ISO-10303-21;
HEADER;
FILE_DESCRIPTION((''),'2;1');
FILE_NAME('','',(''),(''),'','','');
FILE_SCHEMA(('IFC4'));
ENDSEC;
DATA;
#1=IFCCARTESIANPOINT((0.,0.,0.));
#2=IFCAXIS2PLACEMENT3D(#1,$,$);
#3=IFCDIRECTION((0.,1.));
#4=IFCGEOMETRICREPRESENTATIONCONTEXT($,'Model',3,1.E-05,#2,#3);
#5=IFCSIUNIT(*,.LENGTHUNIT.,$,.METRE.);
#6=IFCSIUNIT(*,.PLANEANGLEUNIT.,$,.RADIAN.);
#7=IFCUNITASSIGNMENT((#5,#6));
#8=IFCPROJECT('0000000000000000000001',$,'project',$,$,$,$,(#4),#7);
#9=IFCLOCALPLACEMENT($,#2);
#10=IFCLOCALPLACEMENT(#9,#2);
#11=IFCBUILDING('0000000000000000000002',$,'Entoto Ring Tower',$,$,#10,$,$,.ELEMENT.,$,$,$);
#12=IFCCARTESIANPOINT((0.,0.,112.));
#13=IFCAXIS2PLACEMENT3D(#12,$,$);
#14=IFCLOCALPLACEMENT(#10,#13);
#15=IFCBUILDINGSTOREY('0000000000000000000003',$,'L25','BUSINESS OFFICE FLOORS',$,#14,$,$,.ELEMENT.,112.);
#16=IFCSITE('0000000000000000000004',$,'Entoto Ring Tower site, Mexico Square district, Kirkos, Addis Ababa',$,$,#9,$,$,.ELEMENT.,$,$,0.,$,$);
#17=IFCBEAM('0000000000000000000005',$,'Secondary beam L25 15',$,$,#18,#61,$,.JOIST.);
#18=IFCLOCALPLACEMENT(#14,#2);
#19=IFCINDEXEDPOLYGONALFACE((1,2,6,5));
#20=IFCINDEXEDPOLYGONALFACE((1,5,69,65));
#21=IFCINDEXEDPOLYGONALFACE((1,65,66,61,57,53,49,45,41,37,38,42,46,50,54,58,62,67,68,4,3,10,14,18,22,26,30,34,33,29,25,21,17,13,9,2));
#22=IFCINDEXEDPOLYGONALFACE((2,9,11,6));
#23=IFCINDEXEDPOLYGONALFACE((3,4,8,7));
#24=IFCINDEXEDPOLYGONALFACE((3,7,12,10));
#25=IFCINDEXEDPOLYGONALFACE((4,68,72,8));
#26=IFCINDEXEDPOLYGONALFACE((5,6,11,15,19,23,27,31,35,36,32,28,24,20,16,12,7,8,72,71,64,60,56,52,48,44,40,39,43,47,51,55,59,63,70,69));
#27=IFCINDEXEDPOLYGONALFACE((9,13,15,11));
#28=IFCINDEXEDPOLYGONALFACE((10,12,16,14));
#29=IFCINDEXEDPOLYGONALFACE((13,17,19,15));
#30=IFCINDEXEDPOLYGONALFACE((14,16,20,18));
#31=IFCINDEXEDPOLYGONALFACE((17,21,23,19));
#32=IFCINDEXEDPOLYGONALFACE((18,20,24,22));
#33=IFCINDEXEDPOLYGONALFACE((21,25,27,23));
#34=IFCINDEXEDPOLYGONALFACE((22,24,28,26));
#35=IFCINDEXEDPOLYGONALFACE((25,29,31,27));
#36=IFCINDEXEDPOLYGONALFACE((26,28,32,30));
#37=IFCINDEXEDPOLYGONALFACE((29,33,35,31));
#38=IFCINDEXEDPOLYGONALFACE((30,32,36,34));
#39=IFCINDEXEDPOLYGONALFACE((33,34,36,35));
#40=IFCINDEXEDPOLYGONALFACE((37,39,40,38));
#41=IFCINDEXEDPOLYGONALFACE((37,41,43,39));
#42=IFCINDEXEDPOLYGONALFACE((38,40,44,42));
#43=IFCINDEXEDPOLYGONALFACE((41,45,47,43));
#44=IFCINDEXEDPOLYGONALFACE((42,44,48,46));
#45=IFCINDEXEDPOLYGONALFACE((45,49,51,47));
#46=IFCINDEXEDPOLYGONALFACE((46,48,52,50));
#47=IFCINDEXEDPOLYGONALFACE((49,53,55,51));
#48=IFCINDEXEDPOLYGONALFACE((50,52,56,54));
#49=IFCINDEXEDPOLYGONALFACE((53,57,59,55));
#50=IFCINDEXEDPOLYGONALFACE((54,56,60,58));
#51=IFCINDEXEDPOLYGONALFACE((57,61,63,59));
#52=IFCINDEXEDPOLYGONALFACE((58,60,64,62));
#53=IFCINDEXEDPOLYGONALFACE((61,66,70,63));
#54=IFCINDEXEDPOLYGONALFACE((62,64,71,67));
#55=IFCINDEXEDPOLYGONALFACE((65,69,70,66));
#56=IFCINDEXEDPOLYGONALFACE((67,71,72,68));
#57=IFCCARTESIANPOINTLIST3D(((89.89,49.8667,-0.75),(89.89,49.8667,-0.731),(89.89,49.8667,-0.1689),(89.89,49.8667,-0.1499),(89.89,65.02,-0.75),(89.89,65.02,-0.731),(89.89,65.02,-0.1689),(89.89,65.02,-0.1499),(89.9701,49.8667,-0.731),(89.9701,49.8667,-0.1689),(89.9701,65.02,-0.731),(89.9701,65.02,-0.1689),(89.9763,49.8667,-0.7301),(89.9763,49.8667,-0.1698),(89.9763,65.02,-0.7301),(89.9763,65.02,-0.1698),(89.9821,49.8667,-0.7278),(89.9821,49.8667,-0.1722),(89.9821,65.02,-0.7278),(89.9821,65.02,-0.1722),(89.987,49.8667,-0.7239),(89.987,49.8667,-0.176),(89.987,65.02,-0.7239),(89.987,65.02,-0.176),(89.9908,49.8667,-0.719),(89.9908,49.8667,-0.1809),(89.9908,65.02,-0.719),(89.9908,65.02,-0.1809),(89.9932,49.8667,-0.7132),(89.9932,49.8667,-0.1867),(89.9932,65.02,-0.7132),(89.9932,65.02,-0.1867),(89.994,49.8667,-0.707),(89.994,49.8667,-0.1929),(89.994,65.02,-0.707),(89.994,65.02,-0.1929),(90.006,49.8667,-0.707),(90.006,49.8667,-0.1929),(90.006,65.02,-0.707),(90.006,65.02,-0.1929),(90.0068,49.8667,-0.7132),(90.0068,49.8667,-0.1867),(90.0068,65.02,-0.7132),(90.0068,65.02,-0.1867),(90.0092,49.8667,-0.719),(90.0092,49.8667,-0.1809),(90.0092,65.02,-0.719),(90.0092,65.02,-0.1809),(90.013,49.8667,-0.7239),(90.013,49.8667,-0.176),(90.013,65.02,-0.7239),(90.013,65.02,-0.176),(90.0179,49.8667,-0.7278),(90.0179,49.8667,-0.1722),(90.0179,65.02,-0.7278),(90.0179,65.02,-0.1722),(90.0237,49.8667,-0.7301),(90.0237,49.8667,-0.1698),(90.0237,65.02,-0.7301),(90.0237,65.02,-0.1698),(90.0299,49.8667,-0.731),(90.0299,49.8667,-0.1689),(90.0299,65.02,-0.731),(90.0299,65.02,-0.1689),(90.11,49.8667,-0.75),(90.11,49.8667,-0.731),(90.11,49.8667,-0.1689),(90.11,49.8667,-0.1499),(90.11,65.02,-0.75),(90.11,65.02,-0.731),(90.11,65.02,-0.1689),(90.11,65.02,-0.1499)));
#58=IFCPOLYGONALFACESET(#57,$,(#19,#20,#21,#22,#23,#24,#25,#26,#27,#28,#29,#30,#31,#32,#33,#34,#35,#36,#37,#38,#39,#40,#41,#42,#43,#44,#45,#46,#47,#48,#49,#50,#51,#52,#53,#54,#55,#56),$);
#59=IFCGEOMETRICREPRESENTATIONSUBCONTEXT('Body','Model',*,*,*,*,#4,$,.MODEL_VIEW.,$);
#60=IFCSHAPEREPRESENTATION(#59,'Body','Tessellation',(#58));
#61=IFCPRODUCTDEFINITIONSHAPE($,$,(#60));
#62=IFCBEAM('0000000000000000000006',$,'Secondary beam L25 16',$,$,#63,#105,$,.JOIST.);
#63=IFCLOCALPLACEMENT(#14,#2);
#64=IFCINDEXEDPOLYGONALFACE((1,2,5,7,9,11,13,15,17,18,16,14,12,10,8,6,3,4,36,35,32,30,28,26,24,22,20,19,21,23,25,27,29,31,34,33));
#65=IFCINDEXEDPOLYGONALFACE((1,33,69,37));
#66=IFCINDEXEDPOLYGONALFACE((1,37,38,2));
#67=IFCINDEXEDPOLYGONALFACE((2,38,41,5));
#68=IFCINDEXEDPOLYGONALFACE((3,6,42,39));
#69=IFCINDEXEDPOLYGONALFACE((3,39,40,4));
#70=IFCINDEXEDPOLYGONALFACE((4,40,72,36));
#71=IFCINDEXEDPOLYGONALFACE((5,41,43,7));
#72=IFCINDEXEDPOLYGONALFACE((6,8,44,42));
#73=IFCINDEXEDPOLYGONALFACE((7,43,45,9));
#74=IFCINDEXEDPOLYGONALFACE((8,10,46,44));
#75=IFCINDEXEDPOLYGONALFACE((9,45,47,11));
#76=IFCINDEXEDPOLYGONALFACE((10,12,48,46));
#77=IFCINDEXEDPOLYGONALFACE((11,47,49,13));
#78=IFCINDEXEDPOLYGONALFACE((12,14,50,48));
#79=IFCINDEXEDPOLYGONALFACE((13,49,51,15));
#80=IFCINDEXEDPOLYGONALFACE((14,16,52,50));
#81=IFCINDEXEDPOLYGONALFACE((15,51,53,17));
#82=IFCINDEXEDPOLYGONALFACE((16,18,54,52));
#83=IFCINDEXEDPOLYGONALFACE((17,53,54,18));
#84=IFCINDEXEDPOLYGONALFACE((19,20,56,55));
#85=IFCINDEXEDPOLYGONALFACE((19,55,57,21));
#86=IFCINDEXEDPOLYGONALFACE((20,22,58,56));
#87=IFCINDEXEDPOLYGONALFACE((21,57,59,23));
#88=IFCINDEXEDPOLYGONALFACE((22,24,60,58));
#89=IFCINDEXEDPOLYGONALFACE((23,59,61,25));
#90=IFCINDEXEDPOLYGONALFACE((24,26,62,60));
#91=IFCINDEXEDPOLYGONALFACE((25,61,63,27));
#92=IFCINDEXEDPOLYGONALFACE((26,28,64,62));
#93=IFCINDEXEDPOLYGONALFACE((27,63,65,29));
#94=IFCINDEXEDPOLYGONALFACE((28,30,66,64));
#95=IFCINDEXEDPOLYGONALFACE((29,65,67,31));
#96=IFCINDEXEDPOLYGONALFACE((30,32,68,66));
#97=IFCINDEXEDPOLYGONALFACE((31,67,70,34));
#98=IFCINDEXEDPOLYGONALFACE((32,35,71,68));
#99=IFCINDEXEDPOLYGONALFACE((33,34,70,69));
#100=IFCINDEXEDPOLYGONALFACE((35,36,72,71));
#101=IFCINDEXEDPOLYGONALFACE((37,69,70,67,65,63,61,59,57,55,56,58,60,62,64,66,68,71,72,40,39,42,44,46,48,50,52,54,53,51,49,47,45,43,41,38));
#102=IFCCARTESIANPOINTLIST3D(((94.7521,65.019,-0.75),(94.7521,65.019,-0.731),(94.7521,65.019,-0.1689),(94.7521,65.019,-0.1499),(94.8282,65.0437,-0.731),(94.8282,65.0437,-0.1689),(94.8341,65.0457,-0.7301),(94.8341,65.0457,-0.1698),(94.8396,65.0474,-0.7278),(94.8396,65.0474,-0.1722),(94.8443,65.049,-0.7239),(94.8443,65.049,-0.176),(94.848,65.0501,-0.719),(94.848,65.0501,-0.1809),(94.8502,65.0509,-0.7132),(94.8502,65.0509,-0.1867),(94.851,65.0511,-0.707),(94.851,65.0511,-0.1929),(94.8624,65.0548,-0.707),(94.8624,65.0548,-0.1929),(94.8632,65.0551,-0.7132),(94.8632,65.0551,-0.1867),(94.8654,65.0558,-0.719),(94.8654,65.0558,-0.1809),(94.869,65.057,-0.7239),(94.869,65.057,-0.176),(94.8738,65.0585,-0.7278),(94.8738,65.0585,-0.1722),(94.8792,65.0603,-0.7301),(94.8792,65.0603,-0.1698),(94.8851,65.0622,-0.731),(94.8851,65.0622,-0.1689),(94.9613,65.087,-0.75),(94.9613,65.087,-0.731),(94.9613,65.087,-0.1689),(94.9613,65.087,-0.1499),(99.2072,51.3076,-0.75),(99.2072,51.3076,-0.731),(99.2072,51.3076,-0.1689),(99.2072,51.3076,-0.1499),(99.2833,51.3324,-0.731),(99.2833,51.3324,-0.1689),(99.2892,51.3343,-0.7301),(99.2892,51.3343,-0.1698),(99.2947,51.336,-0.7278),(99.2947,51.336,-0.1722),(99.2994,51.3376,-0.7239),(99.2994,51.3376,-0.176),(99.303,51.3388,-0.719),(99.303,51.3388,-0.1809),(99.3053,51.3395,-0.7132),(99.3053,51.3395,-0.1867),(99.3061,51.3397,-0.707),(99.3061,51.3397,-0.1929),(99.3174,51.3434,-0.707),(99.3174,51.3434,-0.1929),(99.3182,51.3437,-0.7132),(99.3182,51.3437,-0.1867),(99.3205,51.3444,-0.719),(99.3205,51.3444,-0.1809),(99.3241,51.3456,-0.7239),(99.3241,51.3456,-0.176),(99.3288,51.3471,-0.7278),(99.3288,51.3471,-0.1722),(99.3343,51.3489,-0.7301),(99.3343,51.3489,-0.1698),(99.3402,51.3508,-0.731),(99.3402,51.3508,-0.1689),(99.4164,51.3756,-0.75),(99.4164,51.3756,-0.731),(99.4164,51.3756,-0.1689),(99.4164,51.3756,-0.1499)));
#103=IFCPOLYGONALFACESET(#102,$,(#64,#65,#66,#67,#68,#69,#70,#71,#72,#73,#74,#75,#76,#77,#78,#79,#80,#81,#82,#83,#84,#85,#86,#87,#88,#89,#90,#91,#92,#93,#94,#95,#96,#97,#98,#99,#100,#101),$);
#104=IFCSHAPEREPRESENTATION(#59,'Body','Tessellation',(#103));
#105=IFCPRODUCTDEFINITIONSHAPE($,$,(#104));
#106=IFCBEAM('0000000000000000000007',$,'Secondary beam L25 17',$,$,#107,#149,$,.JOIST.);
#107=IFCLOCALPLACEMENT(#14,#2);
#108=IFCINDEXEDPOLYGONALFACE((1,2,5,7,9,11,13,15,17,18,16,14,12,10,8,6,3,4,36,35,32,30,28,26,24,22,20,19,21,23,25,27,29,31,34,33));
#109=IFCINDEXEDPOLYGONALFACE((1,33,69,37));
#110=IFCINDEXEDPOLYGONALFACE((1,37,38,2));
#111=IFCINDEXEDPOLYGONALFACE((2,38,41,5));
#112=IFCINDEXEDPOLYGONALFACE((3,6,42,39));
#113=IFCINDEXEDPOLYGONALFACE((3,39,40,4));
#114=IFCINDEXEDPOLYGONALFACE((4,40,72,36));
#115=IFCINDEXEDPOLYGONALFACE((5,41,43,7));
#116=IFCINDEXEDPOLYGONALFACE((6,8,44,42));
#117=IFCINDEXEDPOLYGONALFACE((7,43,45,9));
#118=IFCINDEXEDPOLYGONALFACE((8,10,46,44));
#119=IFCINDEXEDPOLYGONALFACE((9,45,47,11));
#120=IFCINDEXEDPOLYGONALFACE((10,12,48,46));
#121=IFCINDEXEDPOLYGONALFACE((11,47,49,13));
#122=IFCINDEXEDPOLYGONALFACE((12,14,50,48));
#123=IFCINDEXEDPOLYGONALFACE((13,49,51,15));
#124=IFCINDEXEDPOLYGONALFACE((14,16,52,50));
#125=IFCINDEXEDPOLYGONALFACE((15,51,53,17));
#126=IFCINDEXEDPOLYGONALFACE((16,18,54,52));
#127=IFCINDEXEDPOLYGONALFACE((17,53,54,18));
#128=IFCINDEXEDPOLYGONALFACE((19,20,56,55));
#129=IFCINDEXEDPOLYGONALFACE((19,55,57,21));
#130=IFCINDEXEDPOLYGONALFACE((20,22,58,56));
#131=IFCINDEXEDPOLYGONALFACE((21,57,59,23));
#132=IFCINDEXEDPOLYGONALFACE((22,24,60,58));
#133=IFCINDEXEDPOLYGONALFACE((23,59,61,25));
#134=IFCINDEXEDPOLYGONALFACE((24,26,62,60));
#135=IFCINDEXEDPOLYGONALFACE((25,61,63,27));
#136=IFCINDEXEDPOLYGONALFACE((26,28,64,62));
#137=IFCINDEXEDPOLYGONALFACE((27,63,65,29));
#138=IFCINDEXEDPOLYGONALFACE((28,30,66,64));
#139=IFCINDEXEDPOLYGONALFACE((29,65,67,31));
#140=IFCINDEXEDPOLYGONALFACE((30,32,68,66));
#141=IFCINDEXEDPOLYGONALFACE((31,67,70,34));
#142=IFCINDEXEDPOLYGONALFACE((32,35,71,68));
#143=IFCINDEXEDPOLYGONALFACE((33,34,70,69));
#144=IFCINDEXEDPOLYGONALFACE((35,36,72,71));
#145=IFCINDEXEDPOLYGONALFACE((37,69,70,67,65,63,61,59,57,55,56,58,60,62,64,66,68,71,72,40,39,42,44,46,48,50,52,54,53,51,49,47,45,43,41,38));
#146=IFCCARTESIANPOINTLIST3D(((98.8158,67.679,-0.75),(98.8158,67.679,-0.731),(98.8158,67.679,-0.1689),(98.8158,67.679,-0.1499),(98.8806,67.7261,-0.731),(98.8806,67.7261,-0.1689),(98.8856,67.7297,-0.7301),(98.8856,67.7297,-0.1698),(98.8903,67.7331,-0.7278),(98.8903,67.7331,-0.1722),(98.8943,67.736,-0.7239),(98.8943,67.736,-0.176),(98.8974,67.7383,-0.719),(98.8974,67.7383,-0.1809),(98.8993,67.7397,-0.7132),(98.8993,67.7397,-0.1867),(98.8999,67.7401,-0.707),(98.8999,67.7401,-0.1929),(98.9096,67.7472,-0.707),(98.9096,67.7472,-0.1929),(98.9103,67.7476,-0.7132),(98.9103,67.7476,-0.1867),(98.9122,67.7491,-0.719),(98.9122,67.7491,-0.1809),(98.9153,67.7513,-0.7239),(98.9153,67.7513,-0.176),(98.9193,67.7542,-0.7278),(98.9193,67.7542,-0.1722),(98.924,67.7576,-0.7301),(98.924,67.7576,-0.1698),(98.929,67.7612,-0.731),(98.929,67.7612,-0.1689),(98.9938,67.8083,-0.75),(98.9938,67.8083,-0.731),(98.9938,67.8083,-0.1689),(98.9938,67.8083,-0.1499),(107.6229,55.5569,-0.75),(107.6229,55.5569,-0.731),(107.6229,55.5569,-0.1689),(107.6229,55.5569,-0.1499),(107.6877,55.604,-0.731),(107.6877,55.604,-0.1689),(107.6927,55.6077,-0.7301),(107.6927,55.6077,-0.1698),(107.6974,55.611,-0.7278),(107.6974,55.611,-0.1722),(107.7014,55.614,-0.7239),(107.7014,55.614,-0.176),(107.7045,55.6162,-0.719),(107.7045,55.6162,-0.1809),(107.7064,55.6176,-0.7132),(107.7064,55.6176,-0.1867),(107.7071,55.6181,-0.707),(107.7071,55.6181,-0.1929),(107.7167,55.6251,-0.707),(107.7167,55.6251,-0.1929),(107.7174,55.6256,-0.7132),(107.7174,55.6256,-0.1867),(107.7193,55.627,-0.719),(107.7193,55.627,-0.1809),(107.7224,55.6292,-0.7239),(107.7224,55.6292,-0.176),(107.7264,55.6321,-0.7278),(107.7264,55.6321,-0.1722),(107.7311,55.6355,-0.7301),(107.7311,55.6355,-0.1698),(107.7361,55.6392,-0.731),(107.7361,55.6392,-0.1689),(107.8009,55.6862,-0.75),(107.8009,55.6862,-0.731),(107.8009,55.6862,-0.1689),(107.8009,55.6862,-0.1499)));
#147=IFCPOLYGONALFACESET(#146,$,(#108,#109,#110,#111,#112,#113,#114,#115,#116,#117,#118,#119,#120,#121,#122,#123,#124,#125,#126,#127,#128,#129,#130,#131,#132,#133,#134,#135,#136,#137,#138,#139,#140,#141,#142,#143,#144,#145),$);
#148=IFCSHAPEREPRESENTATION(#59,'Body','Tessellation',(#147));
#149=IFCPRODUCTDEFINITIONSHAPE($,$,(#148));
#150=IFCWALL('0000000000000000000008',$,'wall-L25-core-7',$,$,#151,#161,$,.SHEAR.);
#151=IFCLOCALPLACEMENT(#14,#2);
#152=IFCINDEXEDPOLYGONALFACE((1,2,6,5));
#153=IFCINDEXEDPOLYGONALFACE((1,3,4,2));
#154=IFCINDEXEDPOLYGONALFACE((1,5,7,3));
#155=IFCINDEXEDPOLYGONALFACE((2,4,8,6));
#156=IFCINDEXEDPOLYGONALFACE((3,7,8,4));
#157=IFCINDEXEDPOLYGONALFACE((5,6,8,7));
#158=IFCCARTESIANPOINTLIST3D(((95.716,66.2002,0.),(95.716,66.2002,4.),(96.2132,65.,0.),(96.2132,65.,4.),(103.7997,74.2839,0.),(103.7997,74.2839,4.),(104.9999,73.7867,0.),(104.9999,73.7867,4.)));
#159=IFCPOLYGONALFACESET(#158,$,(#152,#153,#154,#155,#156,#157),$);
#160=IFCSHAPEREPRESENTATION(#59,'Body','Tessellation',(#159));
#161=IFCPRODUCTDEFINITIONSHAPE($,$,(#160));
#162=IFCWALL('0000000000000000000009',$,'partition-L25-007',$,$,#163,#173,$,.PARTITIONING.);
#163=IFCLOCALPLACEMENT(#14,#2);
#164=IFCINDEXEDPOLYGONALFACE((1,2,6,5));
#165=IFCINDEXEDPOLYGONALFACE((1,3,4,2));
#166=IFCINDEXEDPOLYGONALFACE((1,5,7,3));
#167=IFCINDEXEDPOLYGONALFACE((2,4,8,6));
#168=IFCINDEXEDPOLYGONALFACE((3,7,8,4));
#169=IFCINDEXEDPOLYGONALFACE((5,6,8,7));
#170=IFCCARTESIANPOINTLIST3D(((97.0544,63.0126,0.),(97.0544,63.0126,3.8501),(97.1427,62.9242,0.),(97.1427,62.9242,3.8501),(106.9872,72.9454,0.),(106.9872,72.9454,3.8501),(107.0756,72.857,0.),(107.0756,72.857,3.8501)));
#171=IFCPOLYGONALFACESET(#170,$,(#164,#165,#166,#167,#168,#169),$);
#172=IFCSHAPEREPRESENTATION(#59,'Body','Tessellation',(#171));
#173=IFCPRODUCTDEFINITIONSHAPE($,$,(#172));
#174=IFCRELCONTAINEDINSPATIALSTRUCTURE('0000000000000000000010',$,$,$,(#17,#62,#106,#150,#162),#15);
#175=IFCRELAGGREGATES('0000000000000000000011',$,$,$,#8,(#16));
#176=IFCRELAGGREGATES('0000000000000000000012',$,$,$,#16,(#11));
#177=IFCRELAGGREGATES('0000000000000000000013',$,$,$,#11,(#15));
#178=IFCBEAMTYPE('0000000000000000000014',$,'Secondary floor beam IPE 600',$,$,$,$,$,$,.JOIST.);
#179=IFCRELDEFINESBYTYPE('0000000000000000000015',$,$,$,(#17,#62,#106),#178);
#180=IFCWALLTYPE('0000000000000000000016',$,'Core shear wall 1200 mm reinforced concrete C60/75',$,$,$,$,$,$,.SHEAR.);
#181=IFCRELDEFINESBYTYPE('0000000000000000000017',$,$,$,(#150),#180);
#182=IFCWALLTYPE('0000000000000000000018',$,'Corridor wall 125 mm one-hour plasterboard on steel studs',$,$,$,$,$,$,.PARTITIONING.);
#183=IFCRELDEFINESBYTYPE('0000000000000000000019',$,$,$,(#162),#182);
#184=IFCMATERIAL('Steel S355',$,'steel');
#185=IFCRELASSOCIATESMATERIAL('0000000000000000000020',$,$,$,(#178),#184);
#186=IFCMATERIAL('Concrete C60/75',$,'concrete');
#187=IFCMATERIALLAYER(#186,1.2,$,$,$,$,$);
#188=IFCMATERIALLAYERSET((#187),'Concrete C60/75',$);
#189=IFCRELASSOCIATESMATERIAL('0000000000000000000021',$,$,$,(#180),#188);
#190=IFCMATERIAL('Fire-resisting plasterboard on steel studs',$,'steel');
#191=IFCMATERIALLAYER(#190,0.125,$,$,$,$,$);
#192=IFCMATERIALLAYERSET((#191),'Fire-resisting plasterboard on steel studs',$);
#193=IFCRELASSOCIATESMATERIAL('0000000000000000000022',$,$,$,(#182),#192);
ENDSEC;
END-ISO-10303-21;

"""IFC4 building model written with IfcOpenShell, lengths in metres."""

from ifc_helpers import new_model, si_unit, direction, frame, frame_2d, origin, origin_2d, place, context, subcontext, project, spatial, polyline, rectangle, i_section, outline, extrude, material, layer, layer_set, material_profile, profile_set, type_object, element, save


model = new_model("IFC4")

# Units and contexts
model_context = context("Model", 3, precision=1e-05, world=origin(), true_north=direction((0.0, 1.0)))
body_context = subcontext(model_context, "Body", "Model", "MODEL_VIEW")
ifc_project = project(units=[si_unit("LENGTHUNIT", "METRE"), si_unit("PLANEANGLEUNIT", "RADIAN")], contexts=[model_context])

# Site, building, storey
site_placement = place(None, origin())
site = spatial("IfcSite", under=ifc_project, at=site_placement, Name="Entoto Ring Tower site, Mexico Square district, Kirkos, Addis Ababa", CompositionType="ELEMENT", RefElevation=0.0)
building_placement = place(site_placement, origin())
building = spatial("IfcBuilding", under=site, at=building_placement, Name="Entoto Ring Tower", CompositionType="ELEMENT")
storey_placement = place(building_placement, frame((0.0, 0.0, 112.0)))
storey = spatial("IfcBuildingStorey", under=building, at=storey_placement, Name="L25", Description="BUSINESS OFFICE FLOORS", CompositionType="ELEMENT", Elevation=112.0)

# Beams
ifc_material_1 = material(Name="Steel S355", Category="steel")
ifc_material_profile_1 = material_profile(ifc_material_1, i_section(OverallWidth=0.22, OverallDepth=0.6001, WebThickness=0.012, FlangeThickness=0.019, FilletRadius=0.0239, at=origin_2d()), Name="IPE 600")
ifc_profile_set_1 = profile_set([ifc_material_profile_1], Name="Steel S355")
beam_type_1 = type_object("IfcBeamType", Name="Secondary floor beam IPE 600", PredefinedType="JOIST", material=ifc_profile_set_1)
beam_1_placement = place(storey_placement, frame((90.0, 65.02, -0.45), z_axis=(0.0, -1.0, 0.0), x_axis=(1.0, 0.0, 0.0)))
element("IfcBeam", 1, at=beam_1_placement, inside=storey, type_object=beam_type_1, Name="Secondary beam L25 15", PredefinedType="JOIST", context=body_context, shape_type="SweptSolid", body=[
    extrude(i_section(OverallWidth=0.22, OverallDepth=0.6001, WebThickness=0.012, FlangeThickness=0.019, FilletRadius=0.0239, at=origin_2d()), origin(), (0.0, 0.0, 1.0), 15.1533),
])
beam_2_placement = place(storey_placement, frame((94.8567, 65.053, -0.45), z_axis=(0.309015, -0.951057, 0.0), x_axis=(0.951057, 0.309015, 0.0)))
element("IfcBeam", 2, at=beam_2_placement, inside=storey, type_object=beam_type_1, Name="Secondary beam L25 16", PredefinedType="JOIST", context=body_context, shape_type="SweptSolid", body=[
    extrude(i_section(OverallWidth=0.22, OverallDepth=0.6001, WebThickness=0.012, FlangeThickness=0.019, FilletRadius=0.0239, at=origin_2d()), origin(), (0.0, 0.0, 1.0), 14.417),
])
beam_3_placement = place(storey_placement, frame((98.9048, 67.7437, -0.45), z_axis=(0.587782, -0.809019, 0.0), x_axis=(0.809019, 0.587782, 0.0)))
element("IfcBeam", 3, at=beam_3_placement, inside=storey, type_object=beam_type_1, Name="Secondary beam L25 17", PredefinedType="JOIST", context=body_context, shape_type="SweptSolid", body=[
    extrude(i_section(OverallWidth=0.22, OverallDepth=0.6001, WebThickness=0.012, FlangeThickness=0.019, FilletRadius=0.0239, at=origin_2d()), origin(), (0.0, 0.0, 1.0), 14.9836),
])

# Walls
ifc_material_2 = material(Name="Concrete C60/75", Category="concrete")
ifc_layer_1 = layer(ifc_material_2, 1.2)
ifc_layer_set_1 = layer_set([ifc_layer_1], Name="Concrete C60/75")
wall_type_1 = type_object("IfcWallType", Name="Core shear wall 1200 mm reinforced concrete C60/75", PredefinedType="SHEAR", material=ifc_layer_set_1)
wall_1_placement = place(storey_placement, frame((95.9646, 65.6001, 0.0), z_axis=(0.0, 0.0, 1.0), x_axis=(0.707107, 0.707107, 0.0)))
element("IfcWall", 4, at=wall_1_placement, inside=storey, type_object=wall_type_1, Name="wall-L25-core-7", PredefinedType="SHEAR", context=body_context, shape_type="SweptSolid", body=[
    extrude(outline(polyline([(-0.2485, -0.6001), (12.1777, -0.6001), (11.6807, 0.6001), (0.2485, 0.6001), (-0.2485, -0.6001)])), origin(), (0.0, 0.0, 1.0), 4.0),
])
ifc_material_3 = material(Name="Fire-resisting plasterboard on steel studs", Category="steel")
ifc_layer_2 = layer(ifc_material_3, 0.125)
ifc_layer_set_2 = layer_set([ifc_layer_2], Name="Fire-resisting plasterboard on steel studs")
wall_type_2 = type_object("IfcWallType", Name="Corridor wall 125 mm one-hour plasterboard on steel studs", PredefinedType="PARTITIONING", material=ifc_layer_set_2)
wall_2_placement = place(storey_placement, frame((97.0986, 62.9685, 0.0), z_axis=(0.0, 0.0, 1.0), x_axis=(0.707107, 0.707107, 0.0)))
element("IfcWall", 5, at=wall_2_placement, inside=storey, type_object=wall_type_2, Name="partition-L25-007", PredefinedType="PARTITIONING", context=body_context, shape_type="SweptSolid", body=[
    extrude(rectangle(XDim=14.0471, YDim=0.125, at=frame_2d((7.0234, 0.0))), origin(), (0.0, 0.0, 1.0), 3.8501),
])

save(model, "model.ifc")
